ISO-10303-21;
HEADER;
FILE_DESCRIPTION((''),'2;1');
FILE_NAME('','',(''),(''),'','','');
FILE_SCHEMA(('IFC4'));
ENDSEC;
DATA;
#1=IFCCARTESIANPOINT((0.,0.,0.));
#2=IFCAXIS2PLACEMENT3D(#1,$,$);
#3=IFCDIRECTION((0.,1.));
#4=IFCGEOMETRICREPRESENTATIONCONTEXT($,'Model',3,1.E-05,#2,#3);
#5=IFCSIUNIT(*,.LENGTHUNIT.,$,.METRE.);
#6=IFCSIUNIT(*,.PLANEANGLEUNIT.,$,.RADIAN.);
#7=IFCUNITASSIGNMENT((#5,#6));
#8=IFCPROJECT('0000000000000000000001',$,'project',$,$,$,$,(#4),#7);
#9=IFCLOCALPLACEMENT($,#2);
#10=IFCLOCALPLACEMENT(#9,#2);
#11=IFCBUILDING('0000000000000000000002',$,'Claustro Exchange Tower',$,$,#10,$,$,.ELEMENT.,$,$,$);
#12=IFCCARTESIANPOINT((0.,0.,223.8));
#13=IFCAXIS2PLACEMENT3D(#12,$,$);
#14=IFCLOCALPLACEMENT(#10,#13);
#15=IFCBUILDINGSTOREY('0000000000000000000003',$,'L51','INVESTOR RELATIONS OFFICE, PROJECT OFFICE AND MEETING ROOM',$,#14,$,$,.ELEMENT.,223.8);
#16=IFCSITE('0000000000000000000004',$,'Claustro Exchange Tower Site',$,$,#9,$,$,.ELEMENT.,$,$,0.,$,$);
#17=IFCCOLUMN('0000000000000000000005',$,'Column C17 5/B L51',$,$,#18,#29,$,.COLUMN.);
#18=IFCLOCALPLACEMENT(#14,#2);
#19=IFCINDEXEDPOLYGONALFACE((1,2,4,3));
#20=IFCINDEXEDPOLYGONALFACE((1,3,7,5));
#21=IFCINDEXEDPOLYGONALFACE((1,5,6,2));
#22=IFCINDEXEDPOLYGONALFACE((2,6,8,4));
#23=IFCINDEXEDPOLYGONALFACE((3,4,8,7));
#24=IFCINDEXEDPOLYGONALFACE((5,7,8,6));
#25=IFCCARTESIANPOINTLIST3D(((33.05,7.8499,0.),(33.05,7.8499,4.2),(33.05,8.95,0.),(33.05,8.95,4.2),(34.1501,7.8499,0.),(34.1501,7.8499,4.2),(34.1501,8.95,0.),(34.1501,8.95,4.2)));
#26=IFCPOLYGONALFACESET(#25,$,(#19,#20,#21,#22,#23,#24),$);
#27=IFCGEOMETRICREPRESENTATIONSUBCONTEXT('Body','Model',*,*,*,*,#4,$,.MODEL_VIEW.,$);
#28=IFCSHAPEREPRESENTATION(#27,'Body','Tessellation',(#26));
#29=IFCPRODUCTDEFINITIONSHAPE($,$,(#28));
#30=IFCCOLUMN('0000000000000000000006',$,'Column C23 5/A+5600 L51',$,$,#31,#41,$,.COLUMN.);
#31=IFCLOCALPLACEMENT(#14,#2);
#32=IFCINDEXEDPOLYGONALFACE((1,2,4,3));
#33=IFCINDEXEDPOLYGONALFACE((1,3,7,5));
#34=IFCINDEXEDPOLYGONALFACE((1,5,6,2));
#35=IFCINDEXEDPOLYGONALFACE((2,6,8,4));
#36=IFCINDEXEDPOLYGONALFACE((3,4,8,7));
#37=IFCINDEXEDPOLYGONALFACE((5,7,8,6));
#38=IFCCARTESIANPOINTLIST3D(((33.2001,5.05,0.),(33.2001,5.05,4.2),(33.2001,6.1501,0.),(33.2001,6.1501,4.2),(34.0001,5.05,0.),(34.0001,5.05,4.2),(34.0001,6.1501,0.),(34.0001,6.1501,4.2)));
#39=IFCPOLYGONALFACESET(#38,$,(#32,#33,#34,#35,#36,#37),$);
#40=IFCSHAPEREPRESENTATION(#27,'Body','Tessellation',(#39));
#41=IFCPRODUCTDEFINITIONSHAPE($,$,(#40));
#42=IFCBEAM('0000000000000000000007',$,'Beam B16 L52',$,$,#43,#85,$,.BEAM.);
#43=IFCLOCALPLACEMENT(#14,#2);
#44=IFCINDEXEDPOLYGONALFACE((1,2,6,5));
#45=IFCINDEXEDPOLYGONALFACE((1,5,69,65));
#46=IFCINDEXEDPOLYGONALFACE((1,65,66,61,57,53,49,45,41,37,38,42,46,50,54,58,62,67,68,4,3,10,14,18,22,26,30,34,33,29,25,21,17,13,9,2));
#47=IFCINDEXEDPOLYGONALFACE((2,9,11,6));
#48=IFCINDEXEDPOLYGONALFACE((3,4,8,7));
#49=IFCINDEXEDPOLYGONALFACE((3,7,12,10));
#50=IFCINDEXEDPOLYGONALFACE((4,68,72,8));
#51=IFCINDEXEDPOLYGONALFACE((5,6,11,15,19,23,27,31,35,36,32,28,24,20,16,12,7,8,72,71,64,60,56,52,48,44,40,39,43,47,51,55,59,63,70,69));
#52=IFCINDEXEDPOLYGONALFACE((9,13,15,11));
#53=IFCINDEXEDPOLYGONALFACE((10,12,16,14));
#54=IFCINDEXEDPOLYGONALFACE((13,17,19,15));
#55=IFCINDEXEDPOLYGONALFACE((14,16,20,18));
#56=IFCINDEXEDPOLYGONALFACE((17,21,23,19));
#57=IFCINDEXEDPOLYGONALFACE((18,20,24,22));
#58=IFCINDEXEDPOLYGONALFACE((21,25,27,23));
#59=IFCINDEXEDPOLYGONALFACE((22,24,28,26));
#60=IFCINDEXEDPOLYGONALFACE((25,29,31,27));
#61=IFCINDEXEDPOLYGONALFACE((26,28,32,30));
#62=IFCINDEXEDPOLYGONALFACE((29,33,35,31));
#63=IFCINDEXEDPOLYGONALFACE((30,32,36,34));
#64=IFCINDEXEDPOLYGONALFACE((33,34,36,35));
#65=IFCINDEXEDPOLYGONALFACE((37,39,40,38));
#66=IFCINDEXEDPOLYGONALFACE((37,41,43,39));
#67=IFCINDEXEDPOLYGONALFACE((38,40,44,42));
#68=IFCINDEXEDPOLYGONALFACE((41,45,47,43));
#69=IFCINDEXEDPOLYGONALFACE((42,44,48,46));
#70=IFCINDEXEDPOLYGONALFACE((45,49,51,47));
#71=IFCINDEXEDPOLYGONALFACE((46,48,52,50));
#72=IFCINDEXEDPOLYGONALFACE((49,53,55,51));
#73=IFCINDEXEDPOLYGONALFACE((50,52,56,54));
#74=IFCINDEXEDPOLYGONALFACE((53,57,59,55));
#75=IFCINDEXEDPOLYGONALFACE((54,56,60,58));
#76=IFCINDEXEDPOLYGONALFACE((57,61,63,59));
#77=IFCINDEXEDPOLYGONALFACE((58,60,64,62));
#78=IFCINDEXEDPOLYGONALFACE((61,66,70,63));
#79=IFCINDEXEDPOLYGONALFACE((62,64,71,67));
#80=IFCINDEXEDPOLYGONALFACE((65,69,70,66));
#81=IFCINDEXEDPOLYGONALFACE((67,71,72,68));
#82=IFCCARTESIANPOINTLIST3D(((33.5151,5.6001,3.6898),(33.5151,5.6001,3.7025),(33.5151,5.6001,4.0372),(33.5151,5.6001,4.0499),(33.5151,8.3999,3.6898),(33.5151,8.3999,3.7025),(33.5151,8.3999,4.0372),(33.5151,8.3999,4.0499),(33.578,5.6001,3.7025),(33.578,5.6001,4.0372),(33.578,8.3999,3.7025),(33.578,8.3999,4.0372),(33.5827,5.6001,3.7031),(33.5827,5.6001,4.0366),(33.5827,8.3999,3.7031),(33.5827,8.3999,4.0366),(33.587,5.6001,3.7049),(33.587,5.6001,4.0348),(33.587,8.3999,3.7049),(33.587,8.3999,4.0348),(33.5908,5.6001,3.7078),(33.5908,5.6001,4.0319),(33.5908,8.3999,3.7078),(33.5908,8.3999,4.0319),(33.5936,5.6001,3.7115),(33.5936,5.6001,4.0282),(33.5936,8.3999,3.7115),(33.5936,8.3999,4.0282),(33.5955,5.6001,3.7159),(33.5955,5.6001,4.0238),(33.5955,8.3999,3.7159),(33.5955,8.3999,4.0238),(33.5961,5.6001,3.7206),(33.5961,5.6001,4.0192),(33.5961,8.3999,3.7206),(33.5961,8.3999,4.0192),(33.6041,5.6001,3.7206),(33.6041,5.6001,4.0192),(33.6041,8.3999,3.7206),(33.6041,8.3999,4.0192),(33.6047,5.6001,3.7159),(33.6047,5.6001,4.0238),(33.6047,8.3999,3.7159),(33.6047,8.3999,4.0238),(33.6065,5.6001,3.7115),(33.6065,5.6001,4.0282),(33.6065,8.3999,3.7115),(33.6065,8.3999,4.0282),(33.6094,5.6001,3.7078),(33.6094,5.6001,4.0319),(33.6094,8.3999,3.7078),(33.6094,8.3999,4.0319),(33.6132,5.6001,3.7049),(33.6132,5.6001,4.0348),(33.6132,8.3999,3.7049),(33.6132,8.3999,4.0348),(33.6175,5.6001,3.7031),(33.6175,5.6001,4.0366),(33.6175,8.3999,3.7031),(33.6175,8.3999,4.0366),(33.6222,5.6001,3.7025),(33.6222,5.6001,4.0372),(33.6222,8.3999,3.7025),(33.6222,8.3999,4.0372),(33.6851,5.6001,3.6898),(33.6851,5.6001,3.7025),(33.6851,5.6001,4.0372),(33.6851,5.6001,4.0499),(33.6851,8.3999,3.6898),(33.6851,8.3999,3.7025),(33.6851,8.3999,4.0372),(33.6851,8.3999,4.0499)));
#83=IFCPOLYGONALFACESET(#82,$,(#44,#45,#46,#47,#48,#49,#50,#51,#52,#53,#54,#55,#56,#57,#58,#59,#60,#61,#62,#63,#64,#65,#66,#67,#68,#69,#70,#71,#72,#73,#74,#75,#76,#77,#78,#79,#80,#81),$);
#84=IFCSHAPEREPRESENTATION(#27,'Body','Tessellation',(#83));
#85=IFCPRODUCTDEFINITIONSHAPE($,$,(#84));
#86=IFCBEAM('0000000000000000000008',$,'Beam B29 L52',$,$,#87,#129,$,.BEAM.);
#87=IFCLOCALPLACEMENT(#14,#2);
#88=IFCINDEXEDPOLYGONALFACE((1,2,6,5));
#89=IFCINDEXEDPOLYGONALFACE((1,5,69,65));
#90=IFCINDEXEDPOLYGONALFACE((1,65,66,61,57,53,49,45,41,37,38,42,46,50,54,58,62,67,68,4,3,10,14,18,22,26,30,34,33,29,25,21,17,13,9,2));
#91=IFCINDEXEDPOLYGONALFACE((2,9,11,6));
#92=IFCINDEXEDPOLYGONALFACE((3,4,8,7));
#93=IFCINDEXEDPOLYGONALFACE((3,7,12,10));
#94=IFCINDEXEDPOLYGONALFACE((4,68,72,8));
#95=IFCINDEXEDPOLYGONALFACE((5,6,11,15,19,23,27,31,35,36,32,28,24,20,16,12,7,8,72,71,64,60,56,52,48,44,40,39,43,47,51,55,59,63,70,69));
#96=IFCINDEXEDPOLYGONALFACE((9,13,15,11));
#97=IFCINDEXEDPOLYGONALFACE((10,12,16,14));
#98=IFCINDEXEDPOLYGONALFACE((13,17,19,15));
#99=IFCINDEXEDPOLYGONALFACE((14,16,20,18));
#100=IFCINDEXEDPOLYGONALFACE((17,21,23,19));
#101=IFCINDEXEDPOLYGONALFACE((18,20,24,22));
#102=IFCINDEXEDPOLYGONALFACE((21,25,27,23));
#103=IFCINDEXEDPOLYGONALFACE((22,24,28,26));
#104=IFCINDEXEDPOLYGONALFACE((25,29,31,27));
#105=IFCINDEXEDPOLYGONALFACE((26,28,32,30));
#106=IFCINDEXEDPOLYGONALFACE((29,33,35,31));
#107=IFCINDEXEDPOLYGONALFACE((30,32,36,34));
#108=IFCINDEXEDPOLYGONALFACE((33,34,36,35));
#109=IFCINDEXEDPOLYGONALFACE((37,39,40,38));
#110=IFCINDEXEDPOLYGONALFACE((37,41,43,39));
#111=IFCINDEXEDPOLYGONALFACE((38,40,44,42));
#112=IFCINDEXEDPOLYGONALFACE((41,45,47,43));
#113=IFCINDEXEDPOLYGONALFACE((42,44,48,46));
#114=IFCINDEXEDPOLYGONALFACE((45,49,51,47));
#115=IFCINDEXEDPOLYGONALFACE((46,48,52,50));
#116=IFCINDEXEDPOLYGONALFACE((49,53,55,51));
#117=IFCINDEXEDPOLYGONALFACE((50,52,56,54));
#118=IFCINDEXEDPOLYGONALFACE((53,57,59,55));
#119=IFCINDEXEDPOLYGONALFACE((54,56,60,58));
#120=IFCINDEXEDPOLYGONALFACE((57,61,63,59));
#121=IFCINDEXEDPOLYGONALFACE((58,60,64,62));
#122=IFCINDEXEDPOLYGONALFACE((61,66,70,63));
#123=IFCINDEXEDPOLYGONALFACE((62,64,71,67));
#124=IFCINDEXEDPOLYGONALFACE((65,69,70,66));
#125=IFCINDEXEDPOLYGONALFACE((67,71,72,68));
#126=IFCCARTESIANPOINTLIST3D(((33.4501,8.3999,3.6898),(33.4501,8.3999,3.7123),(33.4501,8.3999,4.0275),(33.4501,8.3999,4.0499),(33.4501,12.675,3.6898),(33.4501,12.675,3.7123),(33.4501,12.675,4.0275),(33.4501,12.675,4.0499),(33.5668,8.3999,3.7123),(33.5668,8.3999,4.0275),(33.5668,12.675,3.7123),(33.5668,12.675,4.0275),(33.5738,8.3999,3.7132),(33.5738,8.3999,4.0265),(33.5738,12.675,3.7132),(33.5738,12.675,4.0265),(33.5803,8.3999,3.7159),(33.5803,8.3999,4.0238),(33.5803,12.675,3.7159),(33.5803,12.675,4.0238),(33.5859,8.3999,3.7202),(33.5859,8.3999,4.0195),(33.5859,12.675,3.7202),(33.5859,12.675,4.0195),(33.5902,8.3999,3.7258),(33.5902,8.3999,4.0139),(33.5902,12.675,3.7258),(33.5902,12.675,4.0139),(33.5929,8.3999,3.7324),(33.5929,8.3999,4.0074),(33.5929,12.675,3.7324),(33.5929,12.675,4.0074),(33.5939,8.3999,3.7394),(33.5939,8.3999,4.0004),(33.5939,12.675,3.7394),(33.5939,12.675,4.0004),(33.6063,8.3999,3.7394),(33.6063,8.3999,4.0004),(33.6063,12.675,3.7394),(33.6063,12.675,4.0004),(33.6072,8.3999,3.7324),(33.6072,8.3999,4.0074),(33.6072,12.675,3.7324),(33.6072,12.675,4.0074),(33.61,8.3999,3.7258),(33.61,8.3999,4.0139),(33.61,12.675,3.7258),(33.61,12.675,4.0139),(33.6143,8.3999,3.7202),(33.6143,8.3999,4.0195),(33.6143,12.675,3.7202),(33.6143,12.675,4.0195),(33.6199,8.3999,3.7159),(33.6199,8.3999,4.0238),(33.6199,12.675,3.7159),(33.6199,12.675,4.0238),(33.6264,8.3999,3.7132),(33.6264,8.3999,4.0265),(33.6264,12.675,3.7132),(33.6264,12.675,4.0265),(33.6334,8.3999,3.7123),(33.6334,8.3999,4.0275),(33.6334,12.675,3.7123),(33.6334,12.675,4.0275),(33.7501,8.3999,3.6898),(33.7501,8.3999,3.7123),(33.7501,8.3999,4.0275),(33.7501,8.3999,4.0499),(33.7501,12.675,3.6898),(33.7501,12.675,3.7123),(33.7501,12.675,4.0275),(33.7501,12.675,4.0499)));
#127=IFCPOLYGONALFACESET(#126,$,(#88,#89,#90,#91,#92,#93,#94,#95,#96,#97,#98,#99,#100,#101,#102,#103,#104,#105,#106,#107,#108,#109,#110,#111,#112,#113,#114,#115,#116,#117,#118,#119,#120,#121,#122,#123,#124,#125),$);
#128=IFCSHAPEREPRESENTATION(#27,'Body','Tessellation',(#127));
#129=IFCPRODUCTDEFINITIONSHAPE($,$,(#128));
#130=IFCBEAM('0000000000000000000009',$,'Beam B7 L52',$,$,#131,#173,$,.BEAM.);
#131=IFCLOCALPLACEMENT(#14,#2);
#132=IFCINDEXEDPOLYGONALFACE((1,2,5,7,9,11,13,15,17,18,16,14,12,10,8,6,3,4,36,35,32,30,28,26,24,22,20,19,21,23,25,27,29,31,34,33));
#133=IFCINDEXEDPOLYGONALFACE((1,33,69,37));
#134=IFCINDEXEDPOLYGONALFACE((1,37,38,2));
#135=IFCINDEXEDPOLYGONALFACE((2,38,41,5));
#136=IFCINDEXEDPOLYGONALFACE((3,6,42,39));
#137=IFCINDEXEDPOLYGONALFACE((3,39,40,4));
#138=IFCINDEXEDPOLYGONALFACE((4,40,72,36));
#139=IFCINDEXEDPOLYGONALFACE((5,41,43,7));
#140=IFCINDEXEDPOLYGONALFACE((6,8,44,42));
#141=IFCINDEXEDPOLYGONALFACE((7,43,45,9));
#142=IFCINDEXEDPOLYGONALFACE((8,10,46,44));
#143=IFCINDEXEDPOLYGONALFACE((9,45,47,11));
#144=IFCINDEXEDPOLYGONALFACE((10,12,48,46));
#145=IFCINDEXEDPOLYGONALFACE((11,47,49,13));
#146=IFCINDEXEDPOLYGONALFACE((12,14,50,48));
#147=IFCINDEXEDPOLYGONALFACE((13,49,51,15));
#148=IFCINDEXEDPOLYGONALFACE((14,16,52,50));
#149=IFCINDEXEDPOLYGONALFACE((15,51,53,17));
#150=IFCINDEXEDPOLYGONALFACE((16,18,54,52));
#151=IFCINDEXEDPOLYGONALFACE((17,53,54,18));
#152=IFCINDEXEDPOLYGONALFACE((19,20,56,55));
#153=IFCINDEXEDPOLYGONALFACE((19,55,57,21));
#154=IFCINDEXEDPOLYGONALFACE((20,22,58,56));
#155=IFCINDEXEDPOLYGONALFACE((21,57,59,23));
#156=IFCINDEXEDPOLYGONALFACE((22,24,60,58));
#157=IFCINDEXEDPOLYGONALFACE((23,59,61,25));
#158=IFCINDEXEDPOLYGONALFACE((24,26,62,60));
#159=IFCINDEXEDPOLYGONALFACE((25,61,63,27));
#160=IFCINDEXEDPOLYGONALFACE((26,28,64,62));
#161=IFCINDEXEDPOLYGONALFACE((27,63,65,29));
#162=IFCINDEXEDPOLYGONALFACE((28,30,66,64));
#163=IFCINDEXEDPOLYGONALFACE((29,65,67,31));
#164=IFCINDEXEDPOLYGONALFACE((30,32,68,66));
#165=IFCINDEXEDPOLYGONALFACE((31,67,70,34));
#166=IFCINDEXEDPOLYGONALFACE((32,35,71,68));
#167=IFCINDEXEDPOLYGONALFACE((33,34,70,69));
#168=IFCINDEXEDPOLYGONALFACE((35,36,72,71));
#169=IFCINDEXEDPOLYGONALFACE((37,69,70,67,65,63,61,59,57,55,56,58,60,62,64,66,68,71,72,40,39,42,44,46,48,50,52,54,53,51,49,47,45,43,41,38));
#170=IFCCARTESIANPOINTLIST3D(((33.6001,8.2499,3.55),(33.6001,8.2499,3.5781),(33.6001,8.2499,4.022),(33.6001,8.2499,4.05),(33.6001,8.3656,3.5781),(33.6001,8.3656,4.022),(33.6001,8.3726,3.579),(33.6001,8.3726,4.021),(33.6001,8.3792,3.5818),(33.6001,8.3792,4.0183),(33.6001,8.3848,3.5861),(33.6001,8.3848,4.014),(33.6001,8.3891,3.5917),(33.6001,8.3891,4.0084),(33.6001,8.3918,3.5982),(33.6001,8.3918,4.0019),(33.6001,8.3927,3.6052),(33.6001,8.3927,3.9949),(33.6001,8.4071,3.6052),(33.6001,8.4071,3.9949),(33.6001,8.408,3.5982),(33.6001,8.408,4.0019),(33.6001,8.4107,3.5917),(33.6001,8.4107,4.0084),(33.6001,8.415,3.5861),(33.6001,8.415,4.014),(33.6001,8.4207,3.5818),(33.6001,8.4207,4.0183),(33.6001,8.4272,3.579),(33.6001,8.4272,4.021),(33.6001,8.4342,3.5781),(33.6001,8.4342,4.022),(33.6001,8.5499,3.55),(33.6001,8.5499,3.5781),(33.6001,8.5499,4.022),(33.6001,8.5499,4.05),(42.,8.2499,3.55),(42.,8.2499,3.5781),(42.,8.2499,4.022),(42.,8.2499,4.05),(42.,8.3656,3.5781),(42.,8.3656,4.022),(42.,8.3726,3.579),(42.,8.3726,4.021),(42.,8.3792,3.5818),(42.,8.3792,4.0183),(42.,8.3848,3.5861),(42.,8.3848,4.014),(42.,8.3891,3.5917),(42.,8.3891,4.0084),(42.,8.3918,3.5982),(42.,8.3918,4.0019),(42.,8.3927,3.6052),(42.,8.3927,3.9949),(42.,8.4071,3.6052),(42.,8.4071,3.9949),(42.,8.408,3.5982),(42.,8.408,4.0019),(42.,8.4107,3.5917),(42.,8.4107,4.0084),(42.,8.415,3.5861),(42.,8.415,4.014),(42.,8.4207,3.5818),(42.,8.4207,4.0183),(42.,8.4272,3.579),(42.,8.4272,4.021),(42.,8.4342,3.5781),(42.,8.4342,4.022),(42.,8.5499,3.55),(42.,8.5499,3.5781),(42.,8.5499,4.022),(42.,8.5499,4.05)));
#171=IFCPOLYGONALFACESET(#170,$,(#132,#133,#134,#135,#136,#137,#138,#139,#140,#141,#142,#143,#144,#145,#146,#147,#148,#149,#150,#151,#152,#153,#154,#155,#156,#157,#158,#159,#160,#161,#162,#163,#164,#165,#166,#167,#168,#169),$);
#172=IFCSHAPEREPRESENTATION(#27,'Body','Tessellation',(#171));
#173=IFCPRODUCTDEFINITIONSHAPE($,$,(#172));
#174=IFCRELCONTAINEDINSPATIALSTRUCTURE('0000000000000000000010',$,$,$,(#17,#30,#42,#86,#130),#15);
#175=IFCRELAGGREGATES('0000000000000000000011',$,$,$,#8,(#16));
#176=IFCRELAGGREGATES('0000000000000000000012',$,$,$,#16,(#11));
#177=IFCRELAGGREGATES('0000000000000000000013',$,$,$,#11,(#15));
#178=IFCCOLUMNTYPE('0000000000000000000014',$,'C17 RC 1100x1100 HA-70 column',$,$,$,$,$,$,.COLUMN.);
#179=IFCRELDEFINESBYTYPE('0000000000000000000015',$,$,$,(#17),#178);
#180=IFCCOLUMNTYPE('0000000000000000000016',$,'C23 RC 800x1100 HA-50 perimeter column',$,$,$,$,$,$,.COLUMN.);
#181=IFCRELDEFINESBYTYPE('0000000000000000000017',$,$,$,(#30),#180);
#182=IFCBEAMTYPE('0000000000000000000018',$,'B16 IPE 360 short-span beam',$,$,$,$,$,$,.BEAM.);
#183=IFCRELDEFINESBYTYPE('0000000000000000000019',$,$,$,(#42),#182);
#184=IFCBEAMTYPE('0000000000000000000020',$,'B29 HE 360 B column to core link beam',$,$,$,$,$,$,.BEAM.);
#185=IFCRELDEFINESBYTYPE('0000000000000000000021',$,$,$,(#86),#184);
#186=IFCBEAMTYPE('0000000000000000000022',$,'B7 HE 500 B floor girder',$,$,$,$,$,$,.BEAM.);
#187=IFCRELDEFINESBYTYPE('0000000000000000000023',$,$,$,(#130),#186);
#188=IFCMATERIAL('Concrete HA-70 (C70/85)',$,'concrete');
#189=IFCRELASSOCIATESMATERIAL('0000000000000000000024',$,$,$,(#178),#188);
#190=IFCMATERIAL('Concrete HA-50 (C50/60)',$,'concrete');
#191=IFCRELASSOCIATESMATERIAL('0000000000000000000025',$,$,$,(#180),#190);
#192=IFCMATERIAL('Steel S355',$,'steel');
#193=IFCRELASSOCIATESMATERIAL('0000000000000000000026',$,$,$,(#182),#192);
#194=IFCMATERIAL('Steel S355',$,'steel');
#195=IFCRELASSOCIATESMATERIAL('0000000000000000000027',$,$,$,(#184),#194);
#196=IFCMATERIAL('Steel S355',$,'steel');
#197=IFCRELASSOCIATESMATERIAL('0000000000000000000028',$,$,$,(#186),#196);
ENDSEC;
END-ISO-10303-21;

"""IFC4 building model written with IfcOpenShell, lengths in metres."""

from ifc_helpers import new_model, si_unit, direction, frame, origin, origin_2d, place, context, subcontext, project, spatial, rectangle, i_section, extrude, material, material_profile, profile_set, type_object, element, save


model = new_model("IFC4")

# Units and contexts
model_context = context("Model", 3, precision=1e-05, world=origin(), true_north=direction((0.0, 1.0)))
body_context = subcontext(model_context, "Body", "Model", "MODEL_VIEW")
ifc_project = project(units=[si_unit("LENGTHUNIT", "METRE"), si_unit("PLANEANGLEUNIT", "RADIAN")], contexts=[model_context])

# Site, building, storey
site_placement = place(None, origin())
site = spatial("IfcSite", under=ifc_project, at=site_placement, Name="Claustro Exchange Tower Site", CompositionType="ELEMENT", RefElevation=0.0)
building_placement = place(site_placement, origin())
building = spatial("IfcBuilding", under=site, at=building_placement, Name="Claustro Exchange Tower", CompositionType="ELEMENT")
storey_placement = place(building_placement, frame((0.0, 0.0, 223.8)))
storey = spatial("IfcBuildingStorey", under=building, at=storey_placement, Name="L51", Description="INVESTOR RELATIONS OFFICE, PROJECT OFFICE AND MEETING ROOM", CompositionType="ELEMENT", Elevation=223.8)

# Columns
ifc_material_1 = material(Name="Concrete HA-70 (C70/85)", Category="concrete")
ifc_material_profile_1 = material_profile(ifc_material_1, rectangle(XDim=1.1001, YDim=1.1001, at=origin_2d()), Name="RC 1100x1100")
ifc_profile_set_1 = profile_set([ifc_material_profile_1], Name="Concrete HA-70 (C70/85)")
column_type_1 = type_object("IfcColumnType", Name="C17 RC 1100x1100 HA-70 column", PredefinedType="COLUMN", material=ifc_profile_set_1)
column_1_placement = place(storey_placement, frame((33.6001, 8.3999, 0.0), z_axis=(0.0, 0.0, 1.0), x_axis=(1.0, 0.0, 0.0)))
element("IfcColumn", 1, at=column_1_placement, inside=storey, type_object=column_type_1, Name="Column C17 5/B L51", PredefinedType="COLUMN", context=body_context, shape_type="SweptSolid", body=[
    extrude(rectangle(XDim=1.1001, YDim=1.1001, at=origin_2d()), origin(), (0.0, 0.0, 1.0), 4.2),
])
ifc_material_2 = material(Name="Concrete HA-50 (C50/60)", Category="concrete")
ifc_material_profile_2 = material_profile(ifc_material_2, rectangle(XDim=0.8, YDim=1.1001, at=origin_2d()), Name="RC 800x1100")
ifc_profile_set_2 = profile_set([ifc_material_profile_2], Name="Concrete HA-50 (C50/60)")
column_type_2 = type_object("IfcColumnType", Name="C23 RC 800x1100 HA-50 perimeter column", PredefinedType="COLUMN", material=ifc_profile_set_2)
column_2_placement = place(storey_placement, frame((33.6001, 5.6001, 0.0), z_axis=(0.0, 0.0, 1.0), x_axis=(1.0, 0.0, 0.0)))
element("IfcColumn", 2, at=column_2_placement, inside=storey, type_object=column_type_2, Name="Column C23 5/A+5600 L51", PredefinedType="COLUMN", context=body_context, shape_type="SweptSolid", body=[
    extrude(rectangle(XDim=0.8, YDim=1.1001, at=origin_2d()), origin(), (0.0, 0.0, 1.0), 4.2),
])

# Beams
ifc_material_3 = material(Name="Steel S355", Category="steel")
ifc_material_profile_3 = material_profile(ifc_material_3, i_section(OverallWidth=0.1699, OverallDepth=0.3601, WebThickness=0.0081, FlangeThickness=0.0127, FilletRadius=0.0181, at=origin_2d()), Name="IPE 360")
ifc_profile_set_3 = profile_set([ifc_material_profile_3], Name="Steel S355")
beam_type_1 = type_object("IfcBeamType", Name="B16 IPE 360 short-span beam", PredefinedType="BEAM", material=ifc_profile_set_3)
beam_1_placement = place(storey_placement, frame((33.6001, 5.6001, 3.8699), z_axis=(0.0, 1.0, 0.0), x_axis=(-1.0, 0.0, 0.0)))
element("IfcBeam", 3, at=beam_1_placement, inside=storey, type_object=beam_type_1, Name="Beam B16 L52", PredefinedType="BEAM", context=body_context, shape_type="SweptSolid", body=[
    extrude(i_section(OverallWidth=0.1699, OverallDepth=0.3601, WebThickness=0.0081, FlangeThickness=0.0127, FilletRadius=0.0181, at=origin_2d()), origin(), (0.0, 0.0, 1.0), 2.7998),
])
ifc_material_4 = material(Name="Steel S355", Category="steel")
ifc_material_profile_4 = material_profile(ifc_material_4, i_section(OverallWidth=0.3, OverallDepth=0.3601, WebThickness=0.0125, FlangeThickness=0.0225, FilletRadius=0.0271, at=origin_2d()), Name="HE 360 B")
ifc_profile_set_4 = profile_set([ifc_material_profile_4], Name="Steel S355")
beam_type_2 = type_object("IfcBeamType", Name="B29 HE 360 B column to core link beam", PredefinedType="BEAM", material=ifc_profile_set_4)
beam_2_placement = place(storey_placement, frame((33.6001, 8.3999, 3.8699), z_axis=(0.0, 1.0, 0.0), x_axis=(-1.0, 0.0, 0.0)))
element("IfcBeam", 4, at=beam_2_placement, inside=storey, type_object=beam_type_2, Name="Beam B29 L52", PredefinedType="BEAM", context=body_context, shape_type="SweptSolid", body=[
    extrude(i_section(OverallWidth=0.3, OverallDepth=0.3601, WebThickness=0.0125, FlangeThickness=0.0225, FilletRadius=0.0271, at=origin_2d()), origin(), (0.0, 0.0, 1.0), 4.2751),
])
ifc_material_5 = material(Name="Steel S355", Category="steel")
ifc_material_profile_5 = material_profile(ifc_material_5, i_section(OverallWidth=0.3, OverallDepth=0.5, WebThickness=0.0144, FlangeThickness=0.0281, FilletRadius=0.0271, at=origin_2d()), Name="HE 500 B")
ifc_profile_set_5 = profile_set([ifc_material_profile_5], Name="Steel S355")
beam_type_3 = type_object("IfcBeamType", Name="B7 HE 500 B floor girder", PredefinedType="BEAM", material=ifc_profile_set_5)
beam_3_placement = place(storey_placement, frame((33.6001, 8.3999, 3.8), z_axis=(1.0, 0.0, 0.0), x_axis=(0.0, 1.0, 0.0)))
element("IfcBeam", 5, at=beam_3_placement, inside=storey, type_object=beam_type_3, Name="Beam B7 L52", PredefinedType="BEAM", context=body_context, shape_type="SweptSolid", body=[
    extrude(i_section(OverallWidth=0.3, OverallDepth=0.5, WebThickness=0.0144, FlangeThickness=0.0281, FilletRadius=0.0271, at=origin_2d()), origin(), (0.0, 0.0, 1.0), 8.3999),
])

save(model, "model.ifc")
